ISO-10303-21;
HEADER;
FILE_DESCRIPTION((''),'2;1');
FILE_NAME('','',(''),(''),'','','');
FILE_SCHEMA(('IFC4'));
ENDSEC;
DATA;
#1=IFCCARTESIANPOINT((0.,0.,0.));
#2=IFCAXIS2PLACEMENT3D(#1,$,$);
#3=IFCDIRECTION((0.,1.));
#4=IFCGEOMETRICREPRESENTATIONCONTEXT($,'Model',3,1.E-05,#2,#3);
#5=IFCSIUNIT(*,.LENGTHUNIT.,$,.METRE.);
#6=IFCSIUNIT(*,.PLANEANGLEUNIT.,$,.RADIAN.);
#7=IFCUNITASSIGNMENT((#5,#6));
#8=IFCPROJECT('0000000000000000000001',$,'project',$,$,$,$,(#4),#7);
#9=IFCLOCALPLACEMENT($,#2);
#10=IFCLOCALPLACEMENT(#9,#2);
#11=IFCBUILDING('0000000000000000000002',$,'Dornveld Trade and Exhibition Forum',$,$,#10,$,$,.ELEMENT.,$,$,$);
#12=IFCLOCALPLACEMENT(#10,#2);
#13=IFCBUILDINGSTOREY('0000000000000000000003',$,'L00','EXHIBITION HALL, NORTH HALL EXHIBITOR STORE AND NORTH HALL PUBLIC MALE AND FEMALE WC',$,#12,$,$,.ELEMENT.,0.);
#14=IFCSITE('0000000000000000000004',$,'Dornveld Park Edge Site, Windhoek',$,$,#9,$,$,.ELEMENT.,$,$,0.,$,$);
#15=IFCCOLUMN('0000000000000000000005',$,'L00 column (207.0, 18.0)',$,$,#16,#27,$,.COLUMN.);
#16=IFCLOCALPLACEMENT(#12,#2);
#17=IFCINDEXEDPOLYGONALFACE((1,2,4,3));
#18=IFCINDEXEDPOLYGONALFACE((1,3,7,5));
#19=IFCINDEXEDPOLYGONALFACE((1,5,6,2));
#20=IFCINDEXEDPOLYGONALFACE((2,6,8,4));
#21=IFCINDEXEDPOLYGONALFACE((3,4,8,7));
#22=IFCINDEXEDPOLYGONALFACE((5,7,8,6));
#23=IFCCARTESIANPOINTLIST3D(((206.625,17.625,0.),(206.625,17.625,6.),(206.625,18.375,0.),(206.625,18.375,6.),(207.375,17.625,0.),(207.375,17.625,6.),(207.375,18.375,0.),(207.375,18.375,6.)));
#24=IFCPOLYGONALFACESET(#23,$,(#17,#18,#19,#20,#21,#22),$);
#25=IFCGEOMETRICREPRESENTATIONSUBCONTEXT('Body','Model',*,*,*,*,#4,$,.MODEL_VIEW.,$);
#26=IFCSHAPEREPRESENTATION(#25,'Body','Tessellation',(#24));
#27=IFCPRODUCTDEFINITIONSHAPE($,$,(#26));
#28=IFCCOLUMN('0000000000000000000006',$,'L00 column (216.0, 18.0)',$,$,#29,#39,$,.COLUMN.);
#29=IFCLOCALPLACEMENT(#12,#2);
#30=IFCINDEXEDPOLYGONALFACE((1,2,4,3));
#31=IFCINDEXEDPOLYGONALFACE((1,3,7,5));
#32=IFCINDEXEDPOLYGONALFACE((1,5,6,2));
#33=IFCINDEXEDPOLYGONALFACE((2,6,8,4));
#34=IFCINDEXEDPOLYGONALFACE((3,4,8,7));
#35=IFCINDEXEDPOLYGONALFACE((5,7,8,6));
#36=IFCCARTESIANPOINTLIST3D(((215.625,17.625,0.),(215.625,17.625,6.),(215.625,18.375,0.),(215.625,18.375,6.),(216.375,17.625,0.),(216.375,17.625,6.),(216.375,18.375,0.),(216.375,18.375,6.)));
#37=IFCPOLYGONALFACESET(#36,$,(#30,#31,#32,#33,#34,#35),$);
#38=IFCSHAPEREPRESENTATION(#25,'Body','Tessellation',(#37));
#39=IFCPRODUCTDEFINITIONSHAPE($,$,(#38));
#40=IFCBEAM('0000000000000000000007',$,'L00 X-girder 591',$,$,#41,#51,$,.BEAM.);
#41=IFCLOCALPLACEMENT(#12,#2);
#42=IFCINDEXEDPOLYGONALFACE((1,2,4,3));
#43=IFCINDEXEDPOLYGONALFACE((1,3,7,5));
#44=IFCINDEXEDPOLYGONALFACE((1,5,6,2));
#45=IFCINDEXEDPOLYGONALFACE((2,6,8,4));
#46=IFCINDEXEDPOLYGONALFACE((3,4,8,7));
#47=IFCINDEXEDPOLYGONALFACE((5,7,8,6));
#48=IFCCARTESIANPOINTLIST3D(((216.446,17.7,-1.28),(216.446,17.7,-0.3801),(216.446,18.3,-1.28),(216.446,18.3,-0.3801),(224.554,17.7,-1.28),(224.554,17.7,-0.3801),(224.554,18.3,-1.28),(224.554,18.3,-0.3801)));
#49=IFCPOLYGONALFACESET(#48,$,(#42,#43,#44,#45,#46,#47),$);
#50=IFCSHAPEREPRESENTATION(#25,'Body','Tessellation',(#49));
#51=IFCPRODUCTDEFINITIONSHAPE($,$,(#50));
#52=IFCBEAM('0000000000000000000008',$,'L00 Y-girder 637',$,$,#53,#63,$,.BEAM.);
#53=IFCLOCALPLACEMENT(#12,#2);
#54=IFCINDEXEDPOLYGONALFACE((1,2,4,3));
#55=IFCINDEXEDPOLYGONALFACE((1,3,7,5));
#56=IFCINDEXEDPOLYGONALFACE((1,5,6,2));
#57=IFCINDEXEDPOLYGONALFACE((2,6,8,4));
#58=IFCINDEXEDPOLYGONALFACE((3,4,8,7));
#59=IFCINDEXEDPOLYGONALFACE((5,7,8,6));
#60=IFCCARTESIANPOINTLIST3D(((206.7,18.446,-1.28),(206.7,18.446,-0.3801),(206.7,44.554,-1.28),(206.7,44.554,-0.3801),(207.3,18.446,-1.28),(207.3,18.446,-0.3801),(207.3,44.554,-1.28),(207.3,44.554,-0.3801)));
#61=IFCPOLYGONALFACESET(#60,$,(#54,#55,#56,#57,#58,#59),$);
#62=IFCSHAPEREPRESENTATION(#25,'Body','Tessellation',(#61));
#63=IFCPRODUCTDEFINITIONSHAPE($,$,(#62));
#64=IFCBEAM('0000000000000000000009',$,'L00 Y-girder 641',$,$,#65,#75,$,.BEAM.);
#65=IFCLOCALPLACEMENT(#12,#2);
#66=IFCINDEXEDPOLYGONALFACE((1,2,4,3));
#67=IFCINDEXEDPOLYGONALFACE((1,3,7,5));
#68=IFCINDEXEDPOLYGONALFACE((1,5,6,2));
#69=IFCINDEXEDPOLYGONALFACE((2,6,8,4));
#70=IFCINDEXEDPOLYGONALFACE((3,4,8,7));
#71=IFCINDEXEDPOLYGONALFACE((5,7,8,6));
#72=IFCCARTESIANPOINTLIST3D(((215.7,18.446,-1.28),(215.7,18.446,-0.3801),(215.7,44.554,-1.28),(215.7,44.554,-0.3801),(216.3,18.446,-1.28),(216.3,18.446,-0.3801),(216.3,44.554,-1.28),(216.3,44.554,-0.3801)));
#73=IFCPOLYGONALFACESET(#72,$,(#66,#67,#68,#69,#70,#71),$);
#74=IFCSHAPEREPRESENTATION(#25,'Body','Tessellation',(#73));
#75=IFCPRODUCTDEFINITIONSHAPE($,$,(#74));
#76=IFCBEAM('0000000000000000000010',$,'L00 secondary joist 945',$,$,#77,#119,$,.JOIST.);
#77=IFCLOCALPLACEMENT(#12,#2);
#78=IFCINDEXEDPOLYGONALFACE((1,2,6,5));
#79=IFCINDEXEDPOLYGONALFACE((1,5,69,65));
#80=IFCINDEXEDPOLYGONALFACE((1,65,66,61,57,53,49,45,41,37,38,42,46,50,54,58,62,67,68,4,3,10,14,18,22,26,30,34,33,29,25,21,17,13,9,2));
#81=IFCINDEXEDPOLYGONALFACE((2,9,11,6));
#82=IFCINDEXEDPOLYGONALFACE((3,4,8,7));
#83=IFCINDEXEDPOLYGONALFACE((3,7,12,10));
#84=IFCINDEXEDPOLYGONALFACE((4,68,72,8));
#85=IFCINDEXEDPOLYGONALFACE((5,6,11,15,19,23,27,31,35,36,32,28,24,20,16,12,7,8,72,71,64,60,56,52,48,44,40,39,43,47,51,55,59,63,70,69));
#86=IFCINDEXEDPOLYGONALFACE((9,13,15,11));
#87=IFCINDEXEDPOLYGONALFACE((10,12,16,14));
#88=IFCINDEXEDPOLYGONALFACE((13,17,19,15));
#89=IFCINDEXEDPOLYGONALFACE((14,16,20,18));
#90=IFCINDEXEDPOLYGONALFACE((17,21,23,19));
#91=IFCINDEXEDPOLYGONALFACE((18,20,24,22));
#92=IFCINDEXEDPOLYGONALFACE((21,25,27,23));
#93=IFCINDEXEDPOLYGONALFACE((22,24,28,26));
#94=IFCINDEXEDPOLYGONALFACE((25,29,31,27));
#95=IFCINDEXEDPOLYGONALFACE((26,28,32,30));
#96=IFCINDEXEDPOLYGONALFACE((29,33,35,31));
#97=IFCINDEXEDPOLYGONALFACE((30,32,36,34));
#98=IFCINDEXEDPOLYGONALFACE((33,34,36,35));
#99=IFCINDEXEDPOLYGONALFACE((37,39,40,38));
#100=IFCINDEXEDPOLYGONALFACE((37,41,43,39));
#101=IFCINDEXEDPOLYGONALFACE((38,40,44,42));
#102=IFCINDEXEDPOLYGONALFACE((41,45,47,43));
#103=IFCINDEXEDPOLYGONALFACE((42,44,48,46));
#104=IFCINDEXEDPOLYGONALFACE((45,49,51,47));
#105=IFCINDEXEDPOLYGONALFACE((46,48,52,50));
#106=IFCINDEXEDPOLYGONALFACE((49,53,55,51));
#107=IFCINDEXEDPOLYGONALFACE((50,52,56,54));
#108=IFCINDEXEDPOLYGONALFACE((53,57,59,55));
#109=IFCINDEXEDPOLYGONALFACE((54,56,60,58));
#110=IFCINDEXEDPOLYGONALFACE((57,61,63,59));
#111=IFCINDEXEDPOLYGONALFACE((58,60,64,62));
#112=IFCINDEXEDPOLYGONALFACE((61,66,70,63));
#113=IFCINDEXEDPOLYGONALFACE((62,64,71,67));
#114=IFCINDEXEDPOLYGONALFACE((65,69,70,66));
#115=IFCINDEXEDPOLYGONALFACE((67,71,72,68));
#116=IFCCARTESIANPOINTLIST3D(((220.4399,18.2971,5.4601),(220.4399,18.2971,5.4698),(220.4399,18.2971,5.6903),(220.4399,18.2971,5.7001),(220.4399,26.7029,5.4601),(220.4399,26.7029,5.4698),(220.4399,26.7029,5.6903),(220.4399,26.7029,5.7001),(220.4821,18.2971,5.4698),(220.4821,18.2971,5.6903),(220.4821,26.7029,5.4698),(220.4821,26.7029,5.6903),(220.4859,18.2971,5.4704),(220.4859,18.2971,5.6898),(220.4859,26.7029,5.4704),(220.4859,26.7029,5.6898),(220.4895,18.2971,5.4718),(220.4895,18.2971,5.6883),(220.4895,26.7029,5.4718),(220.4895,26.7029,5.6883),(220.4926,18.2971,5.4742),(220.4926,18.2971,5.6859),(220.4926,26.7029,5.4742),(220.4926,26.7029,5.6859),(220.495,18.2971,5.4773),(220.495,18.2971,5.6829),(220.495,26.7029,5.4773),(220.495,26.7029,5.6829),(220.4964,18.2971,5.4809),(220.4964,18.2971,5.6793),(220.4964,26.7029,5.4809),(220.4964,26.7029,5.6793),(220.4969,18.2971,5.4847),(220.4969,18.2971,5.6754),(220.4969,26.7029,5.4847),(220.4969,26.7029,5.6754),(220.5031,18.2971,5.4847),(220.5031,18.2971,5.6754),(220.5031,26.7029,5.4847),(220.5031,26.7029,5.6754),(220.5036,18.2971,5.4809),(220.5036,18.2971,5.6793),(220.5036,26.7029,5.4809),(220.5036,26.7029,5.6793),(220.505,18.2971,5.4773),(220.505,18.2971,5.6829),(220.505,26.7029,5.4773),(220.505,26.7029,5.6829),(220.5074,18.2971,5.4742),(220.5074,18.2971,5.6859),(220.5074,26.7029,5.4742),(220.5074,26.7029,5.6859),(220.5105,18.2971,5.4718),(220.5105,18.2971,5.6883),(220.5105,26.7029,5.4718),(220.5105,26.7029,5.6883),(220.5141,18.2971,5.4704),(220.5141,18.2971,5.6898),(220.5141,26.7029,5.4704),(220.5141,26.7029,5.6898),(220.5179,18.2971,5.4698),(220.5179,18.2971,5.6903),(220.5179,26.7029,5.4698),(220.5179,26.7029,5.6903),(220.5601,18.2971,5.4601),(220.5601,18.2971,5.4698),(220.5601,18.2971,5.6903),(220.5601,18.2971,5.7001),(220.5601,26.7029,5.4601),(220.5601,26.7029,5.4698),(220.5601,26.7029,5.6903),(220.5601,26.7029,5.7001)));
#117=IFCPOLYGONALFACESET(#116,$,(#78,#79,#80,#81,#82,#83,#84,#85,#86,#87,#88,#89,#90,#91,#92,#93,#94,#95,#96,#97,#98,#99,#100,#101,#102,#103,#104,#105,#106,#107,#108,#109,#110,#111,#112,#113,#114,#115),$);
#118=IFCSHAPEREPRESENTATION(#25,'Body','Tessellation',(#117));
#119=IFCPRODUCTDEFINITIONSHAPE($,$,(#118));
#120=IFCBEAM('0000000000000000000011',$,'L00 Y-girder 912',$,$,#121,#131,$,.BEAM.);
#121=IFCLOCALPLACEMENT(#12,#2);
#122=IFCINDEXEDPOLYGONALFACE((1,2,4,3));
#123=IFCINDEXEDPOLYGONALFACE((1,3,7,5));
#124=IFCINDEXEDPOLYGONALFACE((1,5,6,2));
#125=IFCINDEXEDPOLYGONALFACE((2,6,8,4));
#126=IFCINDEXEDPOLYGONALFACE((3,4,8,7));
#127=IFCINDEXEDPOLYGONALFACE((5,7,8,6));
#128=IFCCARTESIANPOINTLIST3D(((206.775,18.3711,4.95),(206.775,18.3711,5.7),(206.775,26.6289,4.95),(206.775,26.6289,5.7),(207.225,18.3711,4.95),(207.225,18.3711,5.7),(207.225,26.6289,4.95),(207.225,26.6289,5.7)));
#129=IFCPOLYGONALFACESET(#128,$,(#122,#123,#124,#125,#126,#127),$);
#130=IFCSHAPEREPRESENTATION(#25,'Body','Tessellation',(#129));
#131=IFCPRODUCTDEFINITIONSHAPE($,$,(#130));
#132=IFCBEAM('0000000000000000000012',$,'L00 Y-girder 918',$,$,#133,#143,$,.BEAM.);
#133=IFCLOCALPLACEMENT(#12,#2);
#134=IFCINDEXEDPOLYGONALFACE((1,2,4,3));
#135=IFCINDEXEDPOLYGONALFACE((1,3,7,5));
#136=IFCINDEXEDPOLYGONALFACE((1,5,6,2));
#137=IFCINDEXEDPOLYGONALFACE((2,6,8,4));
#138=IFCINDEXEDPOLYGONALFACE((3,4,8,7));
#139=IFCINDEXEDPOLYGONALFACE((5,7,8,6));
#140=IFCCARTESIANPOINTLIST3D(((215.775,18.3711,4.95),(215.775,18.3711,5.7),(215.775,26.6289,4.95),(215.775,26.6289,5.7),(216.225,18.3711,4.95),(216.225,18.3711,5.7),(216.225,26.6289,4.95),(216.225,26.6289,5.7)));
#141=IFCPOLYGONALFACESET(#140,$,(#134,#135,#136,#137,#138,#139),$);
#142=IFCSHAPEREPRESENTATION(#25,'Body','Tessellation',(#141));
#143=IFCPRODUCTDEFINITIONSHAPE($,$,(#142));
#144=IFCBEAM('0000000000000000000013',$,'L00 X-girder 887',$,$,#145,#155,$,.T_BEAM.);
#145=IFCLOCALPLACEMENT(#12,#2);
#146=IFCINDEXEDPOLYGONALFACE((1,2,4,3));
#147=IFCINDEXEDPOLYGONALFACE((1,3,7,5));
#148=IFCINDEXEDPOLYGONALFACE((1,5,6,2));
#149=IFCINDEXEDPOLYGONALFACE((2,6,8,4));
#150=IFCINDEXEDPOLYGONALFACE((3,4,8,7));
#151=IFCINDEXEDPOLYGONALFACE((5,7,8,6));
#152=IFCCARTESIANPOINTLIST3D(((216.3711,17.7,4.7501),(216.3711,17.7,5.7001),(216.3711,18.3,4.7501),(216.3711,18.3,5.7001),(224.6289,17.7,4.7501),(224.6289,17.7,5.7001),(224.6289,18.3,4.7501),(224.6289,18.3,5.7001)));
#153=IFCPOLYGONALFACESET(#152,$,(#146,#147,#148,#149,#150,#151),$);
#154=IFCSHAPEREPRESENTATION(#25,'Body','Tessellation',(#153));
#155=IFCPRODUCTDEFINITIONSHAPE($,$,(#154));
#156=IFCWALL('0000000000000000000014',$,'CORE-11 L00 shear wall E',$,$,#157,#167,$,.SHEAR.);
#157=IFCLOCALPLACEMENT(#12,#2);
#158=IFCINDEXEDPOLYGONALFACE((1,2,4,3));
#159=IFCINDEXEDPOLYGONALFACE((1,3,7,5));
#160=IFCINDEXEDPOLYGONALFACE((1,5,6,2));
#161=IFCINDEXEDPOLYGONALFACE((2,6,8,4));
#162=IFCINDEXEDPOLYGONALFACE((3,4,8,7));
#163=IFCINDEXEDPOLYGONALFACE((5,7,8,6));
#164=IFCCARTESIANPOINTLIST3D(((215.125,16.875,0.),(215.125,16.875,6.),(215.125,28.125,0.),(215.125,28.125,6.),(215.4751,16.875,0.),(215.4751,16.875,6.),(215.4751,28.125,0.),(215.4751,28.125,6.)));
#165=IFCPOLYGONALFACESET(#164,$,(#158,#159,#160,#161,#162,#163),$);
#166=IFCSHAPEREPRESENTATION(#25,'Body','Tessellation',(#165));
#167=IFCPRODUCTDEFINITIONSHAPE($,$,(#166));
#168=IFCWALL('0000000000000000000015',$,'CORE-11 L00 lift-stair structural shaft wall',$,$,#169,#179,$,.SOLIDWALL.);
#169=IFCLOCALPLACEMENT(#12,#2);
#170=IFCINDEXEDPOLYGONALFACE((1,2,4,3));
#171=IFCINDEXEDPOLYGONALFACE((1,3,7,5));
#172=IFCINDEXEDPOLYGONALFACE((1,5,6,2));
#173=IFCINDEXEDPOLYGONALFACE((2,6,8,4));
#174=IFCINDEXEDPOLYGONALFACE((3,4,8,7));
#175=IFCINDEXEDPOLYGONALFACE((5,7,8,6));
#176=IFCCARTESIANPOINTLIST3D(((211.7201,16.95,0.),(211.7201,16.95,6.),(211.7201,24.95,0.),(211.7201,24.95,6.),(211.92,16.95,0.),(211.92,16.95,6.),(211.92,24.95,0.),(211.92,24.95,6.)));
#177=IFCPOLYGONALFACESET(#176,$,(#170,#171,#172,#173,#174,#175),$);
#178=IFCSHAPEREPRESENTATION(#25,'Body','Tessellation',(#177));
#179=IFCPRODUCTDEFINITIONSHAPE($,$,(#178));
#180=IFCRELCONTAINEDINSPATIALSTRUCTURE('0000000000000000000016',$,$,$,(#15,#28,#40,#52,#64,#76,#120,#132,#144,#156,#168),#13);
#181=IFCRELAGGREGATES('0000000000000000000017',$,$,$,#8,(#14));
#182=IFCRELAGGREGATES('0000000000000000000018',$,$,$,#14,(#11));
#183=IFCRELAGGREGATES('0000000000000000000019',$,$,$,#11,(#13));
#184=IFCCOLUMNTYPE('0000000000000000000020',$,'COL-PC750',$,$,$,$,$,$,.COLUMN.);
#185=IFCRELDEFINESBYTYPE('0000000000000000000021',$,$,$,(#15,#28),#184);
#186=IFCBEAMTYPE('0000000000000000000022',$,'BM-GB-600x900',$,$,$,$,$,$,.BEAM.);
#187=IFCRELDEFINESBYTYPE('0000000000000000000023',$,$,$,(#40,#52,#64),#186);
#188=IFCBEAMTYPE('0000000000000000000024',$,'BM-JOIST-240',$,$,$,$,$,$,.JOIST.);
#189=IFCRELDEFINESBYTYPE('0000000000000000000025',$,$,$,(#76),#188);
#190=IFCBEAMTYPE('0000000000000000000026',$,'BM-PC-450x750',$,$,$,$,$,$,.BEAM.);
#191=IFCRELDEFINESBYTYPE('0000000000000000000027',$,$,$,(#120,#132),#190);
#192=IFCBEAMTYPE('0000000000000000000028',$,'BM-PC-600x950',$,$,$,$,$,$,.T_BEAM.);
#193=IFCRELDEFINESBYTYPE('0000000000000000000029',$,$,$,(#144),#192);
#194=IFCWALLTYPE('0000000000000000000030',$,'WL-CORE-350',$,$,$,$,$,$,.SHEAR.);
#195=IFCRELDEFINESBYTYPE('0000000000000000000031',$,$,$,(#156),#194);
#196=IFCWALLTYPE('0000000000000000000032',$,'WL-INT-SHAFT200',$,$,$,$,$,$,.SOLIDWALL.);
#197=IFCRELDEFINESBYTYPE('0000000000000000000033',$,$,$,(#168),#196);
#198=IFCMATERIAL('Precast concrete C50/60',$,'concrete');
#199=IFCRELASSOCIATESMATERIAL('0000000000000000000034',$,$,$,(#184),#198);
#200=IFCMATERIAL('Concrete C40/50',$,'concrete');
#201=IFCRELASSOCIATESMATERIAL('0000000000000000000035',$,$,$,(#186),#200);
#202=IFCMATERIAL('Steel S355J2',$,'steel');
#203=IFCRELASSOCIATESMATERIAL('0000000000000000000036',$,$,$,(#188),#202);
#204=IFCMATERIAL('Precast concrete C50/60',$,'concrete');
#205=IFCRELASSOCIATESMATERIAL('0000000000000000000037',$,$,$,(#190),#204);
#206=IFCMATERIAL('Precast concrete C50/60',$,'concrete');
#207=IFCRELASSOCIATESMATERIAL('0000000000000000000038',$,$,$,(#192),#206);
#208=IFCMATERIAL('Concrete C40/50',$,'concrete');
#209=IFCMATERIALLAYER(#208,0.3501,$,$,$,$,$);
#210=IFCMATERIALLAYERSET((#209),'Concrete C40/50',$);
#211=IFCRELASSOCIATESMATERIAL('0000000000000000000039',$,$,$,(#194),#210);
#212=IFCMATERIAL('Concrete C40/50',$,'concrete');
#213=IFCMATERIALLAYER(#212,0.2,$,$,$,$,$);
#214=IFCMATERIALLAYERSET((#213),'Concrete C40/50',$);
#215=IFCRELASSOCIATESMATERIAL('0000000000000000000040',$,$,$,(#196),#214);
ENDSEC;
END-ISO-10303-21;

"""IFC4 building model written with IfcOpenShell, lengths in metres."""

from ifc_helpers import new_model, si_unit, direction, frame, frame_2d, origin, origin_2d, place, context, subcontext, project, spatial, rectangle, i_section, extrude, material, layer, layer_set, material_profile, profile_set, type_object, element, save


model = new_model("IFC4")

# Units and contexts
model_context = context("Model", 3, precision=1e-05, world=origin(), true_north=direction((0.0, 1.0)))
body_context = subcontext(model_context, "Body", "Model", "MODEL_VIEW")
ifc_project = project(units=[si_unit("LENGTHUNIT", "METRE"), si_unit("PLANEANGLEUNIT", "RADIAN")], contexts=[model_context])

# Site, building, storey
site_placement = place(None, origin())
site = spatial("IfcSite", under=ifc_project, at=site_placement, Name="Dornveld Park Edge Site, Windhoek", CompositionType="ELEMENT", RefElevation=0.0)
building_placement = place(site_placement, origin())
building = spatial("IfcBuilding", under=site, at=building_placement, Name="Dornveld Trade and Exhibition Forum", CompositionType="ELEMENT")
storey_placement = place(building_placement, origin())
storey = spatial("IfcBuildingStorey", under=building, at=storey_placement, Name="L00", Description="EXHIBITION HALL, NORTH HALL EXHIBITOR STORE AND NORTH HALL PUBLIC MALE AND FEMALE WC", CompositionType="ELEMENT", Elevation=0.0)

# Columns
ifc_material_1 = material(Name="Precast concrete C50/60", Category="concrete")
ifc_material_profile_1 = material_profile(ifc_material_1, rectangle(XDim=0.75, YDim=0.75, at=origin_2d()), Name="PC-COL 750x750")
ifc_profile_set_1 = profile_set([ifc_material_profile_1], Name="Precast concrete C50/60")
column_type = type_object("IfcColumnType", Name="COL-PC750", PredefinedType="COLUMN", material=ifc_profile_set_1)
for number, where, z_axis, x_axis, name in (
    (1, (207.0, 18.0, 0.0), (0.0, 0.0, 1.0), (1.0, 0.0, 0.0), "L00 column (207.0, 18.0)"),
    (2, (216.0, 18.0, 0.0), (0.0, 0.0, 1.0), (1.0, 0.0, 0.0), "L00 column (216.0, 18.0)"),
):
    element("IfcColumn", number, at=place(storey_placement, frame(where, z_axis=z_axis, x_axis=x_axis)), inside=storey, type_object=column_type, Name=name, PredefinedType="COLUMN", context=body_context, shape_type="SweptSolid", body=[
        extrude(rectangle(XDim=0.75, YDim=0.75, at=origin_2d()), origin(), (0.0, 0.0, 1.0), 6.0),
    ])

# Beams
ifc_material_2 = material(Name="Concrete C40/50", Category="concrete")
ifc_material_profile_2 = material_profile(ifc_material_2, rectangle(XDim=0.6001, YDim=0.8999, at=origin_2d()), Name="RC-GB 600x900")
ifc_profile_set_2 = profile_set([ifc_material_profile_2], Name="Concrete C40/50")
beam_type_1 = type_object("IfcBeamType", Name="BM-GB-600x900", PredefinedType="BEAM", material=ifc_profile_set_2)
beam_1_placement = place(storey_placement, frame((216.446, 18.0, -0.8301), z_axis=(1.0, 0.0, 0.0), x_axis=(0.0, 1.0, 0.0)))
element("IfcBeam", 3, at=beam_1_placement, inside=storey, type_object=beam_type_1, Name="L00 X-girder 591", PredefinedType="BEAM", context=body_context, shape_type="SweptSolid", body=[
    extrude(rectangle(XDim=0.6001, YDim=0.8999, at=origin_2d()), origin(), (0.0, 0.0, 1.0), 8.1079),
])
for number, where, z_axis, x_axis, name in (
    (4, (207.0, 18.446, -0.8301), (0.0, 1.0, 0.0), (-1.0, 0.0, 0.0), "L00 Y-girder 637"),
    (5, (216.0, 18.446, -0.8301), (0.0, 1.0, 0.0), (-1.0, 0.0, 0.0), "L00 Y-girder 641"),
):
    element("IfcBeam", number, at=place(storey_placement, frame(where, z_axis=z_axis, x_axis=x_axis)), inside=storey, type_object=beam_type_1, Name=name, PredefinedType="BEAM", context=body_context, shape_type="SweptSolid", body=[
        extrude(rectangle(XDim=0.6001, YDim=0.8999, at=origin_2d()), origin(), (0.0, 0.0, 1.0), 26.1079),
    ])
ifc_material_3 = material(Name="Steel S355J2", Category="steel")
ifc_material_profile_3 = material_profile(ifc_material_3, i_section(OverallWidth=0.1201, OverallDepth=0.24, WebThickness=0.0061, FlangeThickness=0.0098, FilletRadius=0.0149, at=origin_2d()), Name="IPE 240")
ifc_profile_set_3 = profile_set([ifc_material_profile_3], Name="Steel S355J2")
beam_type_2 = type_object("IfcBeamType", Name="BM-JOIST-240", PredefinedType="JOIST", material=ifc_profile_set_3)
beam_2_placement = place(storey_placement, frame((220.5, 18.2971, 5.5801), z_axis=(0.0, 1.0, 0.0), x_axis=(-1.0, 0.0, 0.0)))
element("IfcBeam", 6, at=beam_2_placement, inside=storey, type_object=beam_type_2, Name="L00 secondary joist 945", PredefinedType="JOIST", context=body_context, shape_type="SweptSolid", body=[
    extrude(i_section(OverallWidth=0.1201, OverallDepth=0.24, WebThickness=0.0061, FlangeThickness=0.0098, FilletRadius=0.0149, at=origin_2d()), origin(), (0.0, 0.0, 1.0), 8.4058),
])
ifc_material_4 = material(Name="Precast concrete C50/60", Category="concrete")
ifc_material_profile_4 = material_profile(ifc_material_4, rectangle(XDim=0.45, YDim=0.75, at=origin_2d()), Name="PC-BM 450x750")
ifc_profile_set_4 = profile_set([ifc_material_profile_4], Name="Precast concrete C50/60")
beam_type_3 = type_object("IfcBeamType", Name="BM-PC-450x750", PredefinedType="BEAM", material=ifc_profile_set_4)
for number, where, z_axis, x_axis, name in (
    (7, (207.0, 18.3711, 5.325), (0.0, 1.0, 0.0), (-1.0, 0.0, 0.0), "L00 Y-girder 912"),
    (8, (216.0, 18.3711, 5.325), (0.0, 1.0, 0.0), (-1.0, 0.0, 0.0), "L00 Y-girder 918"),
):
    element("IfcBeam", number, at=place(storey_placement, frame(where, z_axis=z_axis, x_axis=x_axis)), inside=storey, type_object=beam_type_3, Name=name, PredefinedType="BEAM", context=body_context, shape_type="SweptSolid", body=[
        extrude(rectangle(XDim=0.45, YDim=0.75, at=origin_2d()), origin(), (0.0, 0.0, 1.0), 8.2578),
    ])
ifc_material_5 = material(Name="Precast concrete C50/60", Category="concrete")
ifc_material_profile_5 = material_profile(ifc_material_5, rectangle(XDim=0.6001, YDim=0.95, at=origin_2d()), Name="PC-GIR 600x950")
ifc_profile_set_5 = profile_set([ifc_material_profile_5], Name="Precast concrete C50/60")
beam_type_4 = type_object("IfcBeamType", Name="BM-PC-600x950", PredefinedType="T_BEAM", material=ifc_profile_set_5)
beam_3_placement = place(storey_placement, frame((216.3711, 18.0, 5.2251), z_axis=(1.0, 0.0, 0.0), x_axis=(0.0, 1.0, 0.0)))
element("IfcBeam", 9, at=beam_3_placement, inside=storey, type_object=beam_type_4, Name="L00 X-girder 887", PredefinedType="T_BEAM", context=body_context, shape_type="SweptSolid", body=[
    extrude(rectangle(XDim=0.6001, YDim=0.95, at=origin_2d()), origin(), (0.0, 0.0, 1.0), 8.2578),
])

# Walls
ifc_material_6 = material(Name="Concrete C40/50", Category="concrete")
ifc_layer_1 = layer(ifc_material_6, 0.3501)
ifc_layer_set_1 = layer_set([ifc_layer_1], Name="Concrete C40/50")
wall_type_1 = type_object("IfcWallType", Name="WL-CORE-350", PredefinedType="SHEAR", material=ifc_layer_set_1)
wall_1_placement = place(storey_placement, frame((215.3, 16.875, 0.0), z_axis=(0.0, 0.0, 1.0), x_axis=(0.0, 1.0, 0.0)))
element("IfcWall", 10, at=wall_1_placement, inside=storey, type_object=wall_type_1, Name="CORE-11 L00 shear wall E", PredefinedType="SHEAR", context=body_context, shape_type="SweptSolid", body=[
    extrude(rectangle(XDim=11.25, YDim=0.3501, at=frame_2d((5.625, 0.0))), origin(), (0.0, 0.0, 1.0), 6.0),
])
ifc_material_7 = material(Name="Concrete C40/50", Category="concrete")
ifc_layer_2 = layer(ifc_material_7, 0.2)
ifc_layer_set_2 = layer_set([ifc_layer_2], Name="Concrete C40/50")
wall_type_2 = type_object("IfcWallType", Name="WL-INT-SHAFT200", PredefinedType="SOLIDWALL", material=ifc_layer_set_2)
wall_2_placement = place(storey_placement, frame((211.8201, 16.95, 0.0), z_axis=(0.0, 0.0, 1.0), x_axis=(0.0, 1.0, 0.0)))
element("IfcWall", 11, at=wall_2_placement, inside=storey, type_object=wall_type_2, Name="CORE-11 L00 lift-stair structural shaft wall", PredefinedType="SOLIDWALL", context=body_context, shape_type="SweptSolid", body=[
    extrude(rectangle(XDim=8.0, YDim=0.2, at=frame_2d((4.0, 0.0))), origin(), (0.0, 0.0, 1.0), 6.0),
])

save(model, "model.ifc")
